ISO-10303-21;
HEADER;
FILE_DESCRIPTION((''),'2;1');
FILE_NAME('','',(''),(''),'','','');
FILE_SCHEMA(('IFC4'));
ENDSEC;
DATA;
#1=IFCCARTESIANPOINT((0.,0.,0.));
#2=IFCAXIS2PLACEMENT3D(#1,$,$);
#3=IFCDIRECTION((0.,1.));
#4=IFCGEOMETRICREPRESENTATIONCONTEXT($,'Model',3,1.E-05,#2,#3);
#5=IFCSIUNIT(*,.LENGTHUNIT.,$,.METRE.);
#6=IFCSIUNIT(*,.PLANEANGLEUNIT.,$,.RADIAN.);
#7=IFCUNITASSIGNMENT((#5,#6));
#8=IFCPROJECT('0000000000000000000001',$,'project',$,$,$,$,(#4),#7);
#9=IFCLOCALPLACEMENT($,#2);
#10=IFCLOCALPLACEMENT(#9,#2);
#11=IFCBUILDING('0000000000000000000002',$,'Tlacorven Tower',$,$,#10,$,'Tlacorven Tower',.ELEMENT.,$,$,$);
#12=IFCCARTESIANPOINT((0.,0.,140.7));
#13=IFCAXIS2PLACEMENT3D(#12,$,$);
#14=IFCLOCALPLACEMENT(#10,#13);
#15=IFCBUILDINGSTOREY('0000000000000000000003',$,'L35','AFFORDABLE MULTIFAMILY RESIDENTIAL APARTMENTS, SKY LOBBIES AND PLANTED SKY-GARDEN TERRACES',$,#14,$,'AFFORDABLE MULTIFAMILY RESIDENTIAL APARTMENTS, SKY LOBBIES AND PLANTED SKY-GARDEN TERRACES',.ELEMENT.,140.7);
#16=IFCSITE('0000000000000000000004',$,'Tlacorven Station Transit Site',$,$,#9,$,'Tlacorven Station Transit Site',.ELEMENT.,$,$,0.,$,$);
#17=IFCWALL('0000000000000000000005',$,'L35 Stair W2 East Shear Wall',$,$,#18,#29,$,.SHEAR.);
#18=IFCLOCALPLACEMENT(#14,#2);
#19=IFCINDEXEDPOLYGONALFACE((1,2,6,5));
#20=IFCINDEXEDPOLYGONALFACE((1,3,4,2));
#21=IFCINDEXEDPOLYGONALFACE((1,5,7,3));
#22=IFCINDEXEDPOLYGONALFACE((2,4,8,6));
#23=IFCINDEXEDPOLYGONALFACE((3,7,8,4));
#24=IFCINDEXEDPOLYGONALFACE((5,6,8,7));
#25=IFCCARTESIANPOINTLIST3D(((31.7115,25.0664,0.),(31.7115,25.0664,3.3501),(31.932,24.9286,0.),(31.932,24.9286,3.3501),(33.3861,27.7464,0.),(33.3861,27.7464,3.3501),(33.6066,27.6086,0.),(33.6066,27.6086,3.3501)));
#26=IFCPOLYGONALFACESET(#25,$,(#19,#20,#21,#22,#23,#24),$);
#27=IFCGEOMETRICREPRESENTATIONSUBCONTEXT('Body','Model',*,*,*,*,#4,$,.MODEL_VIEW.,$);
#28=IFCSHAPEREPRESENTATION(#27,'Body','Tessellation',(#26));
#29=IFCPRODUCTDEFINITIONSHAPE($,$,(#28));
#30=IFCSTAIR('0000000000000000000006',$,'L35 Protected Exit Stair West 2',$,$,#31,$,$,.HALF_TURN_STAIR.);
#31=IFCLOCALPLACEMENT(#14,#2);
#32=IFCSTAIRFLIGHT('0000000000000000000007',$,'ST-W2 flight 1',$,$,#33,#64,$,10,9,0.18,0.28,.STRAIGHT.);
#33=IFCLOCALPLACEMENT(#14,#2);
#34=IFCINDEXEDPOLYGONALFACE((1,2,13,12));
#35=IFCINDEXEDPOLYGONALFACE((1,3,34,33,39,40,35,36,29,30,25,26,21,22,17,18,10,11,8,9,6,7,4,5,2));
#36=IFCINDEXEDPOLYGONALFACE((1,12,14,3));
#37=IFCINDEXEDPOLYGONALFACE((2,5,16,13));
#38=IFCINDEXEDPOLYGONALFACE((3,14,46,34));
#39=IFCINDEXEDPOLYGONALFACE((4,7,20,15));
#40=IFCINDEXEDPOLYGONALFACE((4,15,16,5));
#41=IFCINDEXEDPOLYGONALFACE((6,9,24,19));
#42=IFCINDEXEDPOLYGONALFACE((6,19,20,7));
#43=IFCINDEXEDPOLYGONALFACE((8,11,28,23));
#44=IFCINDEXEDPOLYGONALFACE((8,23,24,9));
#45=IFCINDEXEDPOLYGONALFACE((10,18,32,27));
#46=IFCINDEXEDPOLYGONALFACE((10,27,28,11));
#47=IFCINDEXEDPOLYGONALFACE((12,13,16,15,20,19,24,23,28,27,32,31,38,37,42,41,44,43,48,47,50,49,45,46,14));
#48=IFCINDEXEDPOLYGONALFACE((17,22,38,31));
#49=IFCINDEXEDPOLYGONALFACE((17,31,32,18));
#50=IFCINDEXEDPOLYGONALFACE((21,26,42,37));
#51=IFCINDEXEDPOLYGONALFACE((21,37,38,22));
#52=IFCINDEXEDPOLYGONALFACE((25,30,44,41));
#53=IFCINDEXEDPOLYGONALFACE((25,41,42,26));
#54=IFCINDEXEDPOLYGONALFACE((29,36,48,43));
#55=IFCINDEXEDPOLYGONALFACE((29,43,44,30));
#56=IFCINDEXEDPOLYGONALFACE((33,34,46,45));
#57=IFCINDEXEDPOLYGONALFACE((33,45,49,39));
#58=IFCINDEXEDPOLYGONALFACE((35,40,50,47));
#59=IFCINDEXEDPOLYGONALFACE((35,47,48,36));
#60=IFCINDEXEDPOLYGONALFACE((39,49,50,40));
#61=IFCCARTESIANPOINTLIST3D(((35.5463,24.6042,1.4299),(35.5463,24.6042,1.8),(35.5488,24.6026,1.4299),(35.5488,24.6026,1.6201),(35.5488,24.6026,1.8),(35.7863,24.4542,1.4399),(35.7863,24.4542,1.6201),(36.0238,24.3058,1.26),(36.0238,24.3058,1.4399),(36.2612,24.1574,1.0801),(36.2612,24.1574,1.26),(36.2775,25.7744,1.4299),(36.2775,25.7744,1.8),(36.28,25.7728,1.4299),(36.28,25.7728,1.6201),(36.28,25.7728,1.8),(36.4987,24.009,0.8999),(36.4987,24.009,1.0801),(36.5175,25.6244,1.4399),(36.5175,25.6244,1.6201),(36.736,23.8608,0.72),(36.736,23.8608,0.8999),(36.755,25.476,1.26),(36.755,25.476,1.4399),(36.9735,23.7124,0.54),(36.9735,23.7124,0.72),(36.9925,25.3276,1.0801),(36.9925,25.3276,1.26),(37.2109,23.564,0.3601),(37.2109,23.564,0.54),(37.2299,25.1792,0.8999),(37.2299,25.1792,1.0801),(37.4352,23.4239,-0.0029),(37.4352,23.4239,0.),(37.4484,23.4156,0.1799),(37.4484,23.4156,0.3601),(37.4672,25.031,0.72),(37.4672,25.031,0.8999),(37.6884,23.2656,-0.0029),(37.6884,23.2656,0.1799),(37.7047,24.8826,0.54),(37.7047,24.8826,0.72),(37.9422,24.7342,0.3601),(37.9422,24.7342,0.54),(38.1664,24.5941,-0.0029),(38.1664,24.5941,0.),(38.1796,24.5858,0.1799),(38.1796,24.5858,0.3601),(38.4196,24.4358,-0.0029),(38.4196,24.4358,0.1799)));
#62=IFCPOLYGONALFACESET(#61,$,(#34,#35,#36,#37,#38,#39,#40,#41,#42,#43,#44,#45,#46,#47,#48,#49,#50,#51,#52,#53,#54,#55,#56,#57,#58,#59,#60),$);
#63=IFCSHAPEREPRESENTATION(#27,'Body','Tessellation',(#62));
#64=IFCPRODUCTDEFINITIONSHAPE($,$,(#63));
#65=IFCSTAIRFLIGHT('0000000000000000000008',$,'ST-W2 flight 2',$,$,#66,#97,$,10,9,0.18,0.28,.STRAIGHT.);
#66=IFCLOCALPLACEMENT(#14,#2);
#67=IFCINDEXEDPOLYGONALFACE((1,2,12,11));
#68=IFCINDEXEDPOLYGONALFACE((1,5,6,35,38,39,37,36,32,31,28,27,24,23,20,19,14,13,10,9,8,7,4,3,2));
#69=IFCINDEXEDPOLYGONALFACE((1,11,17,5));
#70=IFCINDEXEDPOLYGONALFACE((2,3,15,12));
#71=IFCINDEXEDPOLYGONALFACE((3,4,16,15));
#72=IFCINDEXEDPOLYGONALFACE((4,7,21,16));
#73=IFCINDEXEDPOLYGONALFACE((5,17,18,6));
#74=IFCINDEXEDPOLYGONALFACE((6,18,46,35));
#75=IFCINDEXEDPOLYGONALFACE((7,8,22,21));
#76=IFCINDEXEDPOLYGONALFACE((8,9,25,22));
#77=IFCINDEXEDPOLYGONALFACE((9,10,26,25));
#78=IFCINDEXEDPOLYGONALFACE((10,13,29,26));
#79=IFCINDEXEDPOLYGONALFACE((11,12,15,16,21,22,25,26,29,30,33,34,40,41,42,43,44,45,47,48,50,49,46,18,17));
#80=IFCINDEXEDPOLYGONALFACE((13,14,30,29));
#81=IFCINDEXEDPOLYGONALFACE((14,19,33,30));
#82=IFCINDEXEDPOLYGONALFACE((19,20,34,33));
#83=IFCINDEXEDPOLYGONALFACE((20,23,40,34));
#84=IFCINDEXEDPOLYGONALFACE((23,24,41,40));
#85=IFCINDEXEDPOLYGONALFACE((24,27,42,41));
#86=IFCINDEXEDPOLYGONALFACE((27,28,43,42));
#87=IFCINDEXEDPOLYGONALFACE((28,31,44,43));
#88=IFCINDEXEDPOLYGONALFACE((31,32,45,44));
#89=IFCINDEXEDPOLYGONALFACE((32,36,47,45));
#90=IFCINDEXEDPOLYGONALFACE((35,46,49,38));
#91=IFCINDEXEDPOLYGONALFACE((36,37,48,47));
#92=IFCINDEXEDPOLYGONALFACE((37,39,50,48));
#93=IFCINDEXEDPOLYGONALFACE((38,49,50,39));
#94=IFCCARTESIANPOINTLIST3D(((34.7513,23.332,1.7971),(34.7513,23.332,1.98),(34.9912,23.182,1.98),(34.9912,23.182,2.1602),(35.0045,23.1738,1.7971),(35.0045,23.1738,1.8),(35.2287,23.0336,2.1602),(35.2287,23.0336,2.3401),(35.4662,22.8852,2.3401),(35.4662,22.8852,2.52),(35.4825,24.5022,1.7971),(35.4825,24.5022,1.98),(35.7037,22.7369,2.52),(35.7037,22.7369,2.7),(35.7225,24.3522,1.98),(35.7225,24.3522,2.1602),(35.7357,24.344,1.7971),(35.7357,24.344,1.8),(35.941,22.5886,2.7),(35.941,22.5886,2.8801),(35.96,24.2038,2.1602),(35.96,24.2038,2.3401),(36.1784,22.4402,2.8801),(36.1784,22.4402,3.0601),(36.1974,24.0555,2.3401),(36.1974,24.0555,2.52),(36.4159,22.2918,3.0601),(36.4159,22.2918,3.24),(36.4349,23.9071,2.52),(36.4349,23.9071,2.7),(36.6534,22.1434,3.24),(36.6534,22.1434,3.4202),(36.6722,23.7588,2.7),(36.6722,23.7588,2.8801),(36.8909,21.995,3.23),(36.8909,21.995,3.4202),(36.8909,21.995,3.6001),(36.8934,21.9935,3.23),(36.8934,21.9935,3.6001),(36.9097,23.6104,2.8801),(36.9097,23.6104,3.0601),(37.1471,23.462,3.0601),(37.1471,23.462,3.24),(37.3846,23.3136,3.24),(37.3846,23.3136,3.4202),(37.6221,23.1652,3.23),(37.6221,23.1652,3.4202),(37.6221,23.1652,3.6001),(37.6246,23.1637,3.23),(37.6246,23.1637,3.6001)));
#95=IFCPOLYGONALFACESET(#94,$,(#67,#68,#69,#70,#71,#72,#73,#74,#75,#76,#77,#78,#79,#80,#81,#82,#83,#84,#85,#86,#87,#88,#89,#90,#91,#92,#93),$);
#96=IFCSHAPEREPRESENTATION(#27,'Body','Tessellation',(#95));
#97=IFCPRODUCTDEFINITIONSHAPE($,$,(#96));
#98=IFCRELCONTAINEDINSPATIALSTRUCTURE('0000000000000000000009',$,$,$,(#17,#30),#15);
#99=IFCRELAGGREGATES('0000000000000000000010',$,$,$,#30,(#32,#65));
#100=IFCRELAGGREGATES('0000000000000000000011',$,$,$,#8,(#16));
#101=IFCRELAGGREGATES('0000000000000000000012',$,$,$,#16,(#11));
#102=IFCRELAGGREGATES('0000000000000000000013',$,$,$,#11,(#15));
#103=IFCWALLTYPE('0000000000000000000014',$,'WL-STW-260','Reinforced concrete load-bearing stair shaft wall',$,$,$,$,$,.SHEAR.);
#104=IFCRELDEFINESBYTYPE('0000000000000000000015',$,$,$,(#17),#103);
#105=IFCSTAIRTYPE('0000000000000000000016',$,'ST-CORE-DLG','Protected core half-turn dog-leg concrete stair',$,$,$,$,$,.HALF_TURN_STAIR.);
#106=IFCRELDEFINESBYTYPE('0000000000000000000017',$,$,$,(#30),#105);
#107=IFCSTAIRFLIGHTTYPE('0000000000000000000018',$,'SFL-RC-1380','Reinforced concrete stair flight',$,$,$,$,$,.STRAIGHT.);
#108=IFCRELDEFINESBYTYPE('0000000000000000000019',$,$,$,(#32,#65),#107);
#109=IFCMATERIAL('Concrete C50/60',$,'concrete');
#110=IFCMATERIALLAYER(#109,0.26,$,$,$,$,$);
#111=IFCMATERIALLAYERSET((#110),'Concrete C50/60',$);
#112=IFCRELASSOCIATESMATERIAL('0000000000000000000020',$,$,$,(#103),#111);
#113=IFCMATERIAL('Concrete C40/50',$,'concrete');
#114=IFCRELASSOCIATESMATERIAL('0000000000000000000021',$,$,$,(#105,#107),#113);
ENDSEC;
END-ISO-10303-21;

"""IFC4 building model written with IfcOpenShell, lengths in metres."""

from ifc_helpers import new_model, si_unit, direction, frame, frame_2d, origin, place, context, subcontext, project, spatial, polyline, rectangle, outline, extrude, source, transform, mapped, material, layer, layer_set, type_object, element, aggregate, save


model = new_model("IFC4")

# Units and contexts
model_context = context("Model", 3, precision=1e-05, world=origin(), true_north=direction((0.0, 1.0)))
body_context = subcontext(model_context, "Body", "Model", "MODEL_VIEW")
ifc_project = project(units=[si_unit("LENGTHUNIT", "METRE"), si_unit("PLANEANGLEUNIT", "RADIAN")], contexts=[model_context])

# Site, building, storey
site_placement = place(None, origin())
site = spatial("IfcSite", under=ifc_project, at=site_placement, Name="Tlacorven Station Transit Site", LongName="Tlacorven Station Transit Site", CompositionType="ELEMENT", RefElevation=0.0)
building_placement = place(site_placement, origin())
building = spatial("IfcBuilding", under=site, at=building_placement, Name="Tlacorven Tower", LongName="Tlacorven Tower", CompositionType="ELEMENT")
storey_placement = place(building_placement, frame((0.0, 0.0, 140.7)))
storey = spatial("IfcBuildingStorey", under=building, at=storey_placement, Name="L35", Description="AFFORDABLE MULTIFAMILY RESIDENTIAL APARTMENTS, SKY LOBBIES AND PLANTED SKY-GARDEN TERRACES", LongName="AFFORDABLE MULTIFAMILY RESIDENTIAL APARTMENTS, SKY LOBBIES AND PLANTED SKY-GARDEN TERRACES", CompositionType="ELEMENT", Elevation=140.7)

# Wall
ifc_material_1 = material(Name="Concrete C40/50", Category="concrete")
ifc_material_2 = material(Name="Concrete C50/60", Category="concrete")
ifc_layer_1 = layer(ifc_material_2, 0.26)
ifc_layer_set_1 = layer_set([ifc_layer_1], Name="Concrete C50/60")
wall_type_1 = type_object("IfcWallType", Name="WL-STW-260", Description="Reinforced concrete load-bearing stair shaft wall", PredefinedType="SHEAR", material=ifc_layer_set_1)
wall_1_placement = place(storey_placement, frame((33.4963, 27.6775, 0.0), z_axis=(0.0, 0.0, 1.0), x_axis=(-0.529909, -0.848055, 0.0)))
element("IfcWall", 1, at=wall_1_placement, inside=storey, type_object=wall_type_1, Name="L35 Stair W2 East Shear Wall", PredefinedType="SHEAR", context=body_context, shape_type="SweptSolid", body=[
    extrude(rectangle(XDim=3.1602, YDim=0.26, at=frame_2d((1.5801, 0.0))), origin(), (0.0, 0.0, 1.0), 3.3501),
])

# Stair, stair flights
stair_type = type_object("IfcStairType", Name="ST-CORE-DLG", Description="Protected core half-turn dog-leg concrete stair", PredefinedType="HALF_TURN_STAIR", material=ifc_material_1)
stair_placement = place(storey_placement, origin())
stair = element("IfcStair", 2, at=stair_placement, inside=storey, type_object=stair_type, Name="L35 Protected Exit Stair West 2", PredefinedType="HALF_TURN_STAIR")
stair_flight_type = type_object("IfcStairFlightType", Name="SFL-RC-1380", Description="Reinforced concrete stair flight", PredefinedType="STRAIGHT", material=ifc_material_1)
shared_shape_1 = source(origin(), body_context, "Body", "SweptSolid", [
    extrude(outline(polyline([(-0.0029, -0.0029), (-0.0029, 0.1799), (0.28, 0.1799), (0.28, 0.3601), (0.5601, 0.3601), (0.5601, 0.54), (0.8401, 0.54), (0.8401, 0.72), (1.1201, 0.72), (1.1201, 0.8999), (1.3999, 0.8999), (1.3999, 1.0801), (1.6799, 1.0801), (1.6799, 1.26), (1.96, 1.26), (1.96, 1.4399), (2.24, 1.4399), (2.24, 1.6201), (2.52, 1.6201), (2.52, 1.8), (2.5229, 1.8), (2.5229, 1.4299), (2.52, 1.4299), (0.2957, 0.0), (0.2957, -0.0029), (-0.0029, -0.0029)])), frame((0.0, 0.6899, 0.0), z_axis=(0.0, -1.0, 0.0), x_axis=(1.0, 0.0, 0.0)), (0.0, 0.0, 1.0), 1.3799),
])
stair_flight_1_placement = place(storey_placement, frame((38.0515, 23.8523, 0.0), z_axis=(0.0, 0.0, 1.0), x_axis=(-0.848048, 0.529919, 0.0)))
stair_flight_1 = element("IfcStairFlight", 3, at=stair_flight_1_placement, type_object=stair_flight_type, Name="ST-W2 flight 1", NumberOfRisers=10, NumberOfTreads=9, PredefinedType="STRAIGHT", RiserHeight=0.18, TreadLength=0.28, context=body_context, shape_type="MappedRepresentation", body=[
    mapped(shared_shape_1, transform((0.0, 0.0, 0.0), scale=1.0)),
])
stair_flight_2_placement = place(storey_placement, frame((35.1194, 23.9155, 1.8), z_axis=(0.0, 0.0, 1.0), x_axis=(0.848048, -0.529919, 0.0)))
stair_flight_2 = element("IfcStairFlight", 4, at=stair_flight_2_placement, type_object=stair_flight_type, Name="ST-W2 flight 2", NumberOfRisers=10, NumberOfTreads=9, PredefinedType="STRAIGHT", RiserHeight=0.18, TreadLength=0.28, context=body_context, shape_type="MappedRepresentation", body=[
    mapped(shared_shape_1, transform((0.0, 0.0, 0.0), scale=1.0)),
])
aggregate(stair, [stair_flight_1, stair_flight_2])

save(model, "model.ifc")
